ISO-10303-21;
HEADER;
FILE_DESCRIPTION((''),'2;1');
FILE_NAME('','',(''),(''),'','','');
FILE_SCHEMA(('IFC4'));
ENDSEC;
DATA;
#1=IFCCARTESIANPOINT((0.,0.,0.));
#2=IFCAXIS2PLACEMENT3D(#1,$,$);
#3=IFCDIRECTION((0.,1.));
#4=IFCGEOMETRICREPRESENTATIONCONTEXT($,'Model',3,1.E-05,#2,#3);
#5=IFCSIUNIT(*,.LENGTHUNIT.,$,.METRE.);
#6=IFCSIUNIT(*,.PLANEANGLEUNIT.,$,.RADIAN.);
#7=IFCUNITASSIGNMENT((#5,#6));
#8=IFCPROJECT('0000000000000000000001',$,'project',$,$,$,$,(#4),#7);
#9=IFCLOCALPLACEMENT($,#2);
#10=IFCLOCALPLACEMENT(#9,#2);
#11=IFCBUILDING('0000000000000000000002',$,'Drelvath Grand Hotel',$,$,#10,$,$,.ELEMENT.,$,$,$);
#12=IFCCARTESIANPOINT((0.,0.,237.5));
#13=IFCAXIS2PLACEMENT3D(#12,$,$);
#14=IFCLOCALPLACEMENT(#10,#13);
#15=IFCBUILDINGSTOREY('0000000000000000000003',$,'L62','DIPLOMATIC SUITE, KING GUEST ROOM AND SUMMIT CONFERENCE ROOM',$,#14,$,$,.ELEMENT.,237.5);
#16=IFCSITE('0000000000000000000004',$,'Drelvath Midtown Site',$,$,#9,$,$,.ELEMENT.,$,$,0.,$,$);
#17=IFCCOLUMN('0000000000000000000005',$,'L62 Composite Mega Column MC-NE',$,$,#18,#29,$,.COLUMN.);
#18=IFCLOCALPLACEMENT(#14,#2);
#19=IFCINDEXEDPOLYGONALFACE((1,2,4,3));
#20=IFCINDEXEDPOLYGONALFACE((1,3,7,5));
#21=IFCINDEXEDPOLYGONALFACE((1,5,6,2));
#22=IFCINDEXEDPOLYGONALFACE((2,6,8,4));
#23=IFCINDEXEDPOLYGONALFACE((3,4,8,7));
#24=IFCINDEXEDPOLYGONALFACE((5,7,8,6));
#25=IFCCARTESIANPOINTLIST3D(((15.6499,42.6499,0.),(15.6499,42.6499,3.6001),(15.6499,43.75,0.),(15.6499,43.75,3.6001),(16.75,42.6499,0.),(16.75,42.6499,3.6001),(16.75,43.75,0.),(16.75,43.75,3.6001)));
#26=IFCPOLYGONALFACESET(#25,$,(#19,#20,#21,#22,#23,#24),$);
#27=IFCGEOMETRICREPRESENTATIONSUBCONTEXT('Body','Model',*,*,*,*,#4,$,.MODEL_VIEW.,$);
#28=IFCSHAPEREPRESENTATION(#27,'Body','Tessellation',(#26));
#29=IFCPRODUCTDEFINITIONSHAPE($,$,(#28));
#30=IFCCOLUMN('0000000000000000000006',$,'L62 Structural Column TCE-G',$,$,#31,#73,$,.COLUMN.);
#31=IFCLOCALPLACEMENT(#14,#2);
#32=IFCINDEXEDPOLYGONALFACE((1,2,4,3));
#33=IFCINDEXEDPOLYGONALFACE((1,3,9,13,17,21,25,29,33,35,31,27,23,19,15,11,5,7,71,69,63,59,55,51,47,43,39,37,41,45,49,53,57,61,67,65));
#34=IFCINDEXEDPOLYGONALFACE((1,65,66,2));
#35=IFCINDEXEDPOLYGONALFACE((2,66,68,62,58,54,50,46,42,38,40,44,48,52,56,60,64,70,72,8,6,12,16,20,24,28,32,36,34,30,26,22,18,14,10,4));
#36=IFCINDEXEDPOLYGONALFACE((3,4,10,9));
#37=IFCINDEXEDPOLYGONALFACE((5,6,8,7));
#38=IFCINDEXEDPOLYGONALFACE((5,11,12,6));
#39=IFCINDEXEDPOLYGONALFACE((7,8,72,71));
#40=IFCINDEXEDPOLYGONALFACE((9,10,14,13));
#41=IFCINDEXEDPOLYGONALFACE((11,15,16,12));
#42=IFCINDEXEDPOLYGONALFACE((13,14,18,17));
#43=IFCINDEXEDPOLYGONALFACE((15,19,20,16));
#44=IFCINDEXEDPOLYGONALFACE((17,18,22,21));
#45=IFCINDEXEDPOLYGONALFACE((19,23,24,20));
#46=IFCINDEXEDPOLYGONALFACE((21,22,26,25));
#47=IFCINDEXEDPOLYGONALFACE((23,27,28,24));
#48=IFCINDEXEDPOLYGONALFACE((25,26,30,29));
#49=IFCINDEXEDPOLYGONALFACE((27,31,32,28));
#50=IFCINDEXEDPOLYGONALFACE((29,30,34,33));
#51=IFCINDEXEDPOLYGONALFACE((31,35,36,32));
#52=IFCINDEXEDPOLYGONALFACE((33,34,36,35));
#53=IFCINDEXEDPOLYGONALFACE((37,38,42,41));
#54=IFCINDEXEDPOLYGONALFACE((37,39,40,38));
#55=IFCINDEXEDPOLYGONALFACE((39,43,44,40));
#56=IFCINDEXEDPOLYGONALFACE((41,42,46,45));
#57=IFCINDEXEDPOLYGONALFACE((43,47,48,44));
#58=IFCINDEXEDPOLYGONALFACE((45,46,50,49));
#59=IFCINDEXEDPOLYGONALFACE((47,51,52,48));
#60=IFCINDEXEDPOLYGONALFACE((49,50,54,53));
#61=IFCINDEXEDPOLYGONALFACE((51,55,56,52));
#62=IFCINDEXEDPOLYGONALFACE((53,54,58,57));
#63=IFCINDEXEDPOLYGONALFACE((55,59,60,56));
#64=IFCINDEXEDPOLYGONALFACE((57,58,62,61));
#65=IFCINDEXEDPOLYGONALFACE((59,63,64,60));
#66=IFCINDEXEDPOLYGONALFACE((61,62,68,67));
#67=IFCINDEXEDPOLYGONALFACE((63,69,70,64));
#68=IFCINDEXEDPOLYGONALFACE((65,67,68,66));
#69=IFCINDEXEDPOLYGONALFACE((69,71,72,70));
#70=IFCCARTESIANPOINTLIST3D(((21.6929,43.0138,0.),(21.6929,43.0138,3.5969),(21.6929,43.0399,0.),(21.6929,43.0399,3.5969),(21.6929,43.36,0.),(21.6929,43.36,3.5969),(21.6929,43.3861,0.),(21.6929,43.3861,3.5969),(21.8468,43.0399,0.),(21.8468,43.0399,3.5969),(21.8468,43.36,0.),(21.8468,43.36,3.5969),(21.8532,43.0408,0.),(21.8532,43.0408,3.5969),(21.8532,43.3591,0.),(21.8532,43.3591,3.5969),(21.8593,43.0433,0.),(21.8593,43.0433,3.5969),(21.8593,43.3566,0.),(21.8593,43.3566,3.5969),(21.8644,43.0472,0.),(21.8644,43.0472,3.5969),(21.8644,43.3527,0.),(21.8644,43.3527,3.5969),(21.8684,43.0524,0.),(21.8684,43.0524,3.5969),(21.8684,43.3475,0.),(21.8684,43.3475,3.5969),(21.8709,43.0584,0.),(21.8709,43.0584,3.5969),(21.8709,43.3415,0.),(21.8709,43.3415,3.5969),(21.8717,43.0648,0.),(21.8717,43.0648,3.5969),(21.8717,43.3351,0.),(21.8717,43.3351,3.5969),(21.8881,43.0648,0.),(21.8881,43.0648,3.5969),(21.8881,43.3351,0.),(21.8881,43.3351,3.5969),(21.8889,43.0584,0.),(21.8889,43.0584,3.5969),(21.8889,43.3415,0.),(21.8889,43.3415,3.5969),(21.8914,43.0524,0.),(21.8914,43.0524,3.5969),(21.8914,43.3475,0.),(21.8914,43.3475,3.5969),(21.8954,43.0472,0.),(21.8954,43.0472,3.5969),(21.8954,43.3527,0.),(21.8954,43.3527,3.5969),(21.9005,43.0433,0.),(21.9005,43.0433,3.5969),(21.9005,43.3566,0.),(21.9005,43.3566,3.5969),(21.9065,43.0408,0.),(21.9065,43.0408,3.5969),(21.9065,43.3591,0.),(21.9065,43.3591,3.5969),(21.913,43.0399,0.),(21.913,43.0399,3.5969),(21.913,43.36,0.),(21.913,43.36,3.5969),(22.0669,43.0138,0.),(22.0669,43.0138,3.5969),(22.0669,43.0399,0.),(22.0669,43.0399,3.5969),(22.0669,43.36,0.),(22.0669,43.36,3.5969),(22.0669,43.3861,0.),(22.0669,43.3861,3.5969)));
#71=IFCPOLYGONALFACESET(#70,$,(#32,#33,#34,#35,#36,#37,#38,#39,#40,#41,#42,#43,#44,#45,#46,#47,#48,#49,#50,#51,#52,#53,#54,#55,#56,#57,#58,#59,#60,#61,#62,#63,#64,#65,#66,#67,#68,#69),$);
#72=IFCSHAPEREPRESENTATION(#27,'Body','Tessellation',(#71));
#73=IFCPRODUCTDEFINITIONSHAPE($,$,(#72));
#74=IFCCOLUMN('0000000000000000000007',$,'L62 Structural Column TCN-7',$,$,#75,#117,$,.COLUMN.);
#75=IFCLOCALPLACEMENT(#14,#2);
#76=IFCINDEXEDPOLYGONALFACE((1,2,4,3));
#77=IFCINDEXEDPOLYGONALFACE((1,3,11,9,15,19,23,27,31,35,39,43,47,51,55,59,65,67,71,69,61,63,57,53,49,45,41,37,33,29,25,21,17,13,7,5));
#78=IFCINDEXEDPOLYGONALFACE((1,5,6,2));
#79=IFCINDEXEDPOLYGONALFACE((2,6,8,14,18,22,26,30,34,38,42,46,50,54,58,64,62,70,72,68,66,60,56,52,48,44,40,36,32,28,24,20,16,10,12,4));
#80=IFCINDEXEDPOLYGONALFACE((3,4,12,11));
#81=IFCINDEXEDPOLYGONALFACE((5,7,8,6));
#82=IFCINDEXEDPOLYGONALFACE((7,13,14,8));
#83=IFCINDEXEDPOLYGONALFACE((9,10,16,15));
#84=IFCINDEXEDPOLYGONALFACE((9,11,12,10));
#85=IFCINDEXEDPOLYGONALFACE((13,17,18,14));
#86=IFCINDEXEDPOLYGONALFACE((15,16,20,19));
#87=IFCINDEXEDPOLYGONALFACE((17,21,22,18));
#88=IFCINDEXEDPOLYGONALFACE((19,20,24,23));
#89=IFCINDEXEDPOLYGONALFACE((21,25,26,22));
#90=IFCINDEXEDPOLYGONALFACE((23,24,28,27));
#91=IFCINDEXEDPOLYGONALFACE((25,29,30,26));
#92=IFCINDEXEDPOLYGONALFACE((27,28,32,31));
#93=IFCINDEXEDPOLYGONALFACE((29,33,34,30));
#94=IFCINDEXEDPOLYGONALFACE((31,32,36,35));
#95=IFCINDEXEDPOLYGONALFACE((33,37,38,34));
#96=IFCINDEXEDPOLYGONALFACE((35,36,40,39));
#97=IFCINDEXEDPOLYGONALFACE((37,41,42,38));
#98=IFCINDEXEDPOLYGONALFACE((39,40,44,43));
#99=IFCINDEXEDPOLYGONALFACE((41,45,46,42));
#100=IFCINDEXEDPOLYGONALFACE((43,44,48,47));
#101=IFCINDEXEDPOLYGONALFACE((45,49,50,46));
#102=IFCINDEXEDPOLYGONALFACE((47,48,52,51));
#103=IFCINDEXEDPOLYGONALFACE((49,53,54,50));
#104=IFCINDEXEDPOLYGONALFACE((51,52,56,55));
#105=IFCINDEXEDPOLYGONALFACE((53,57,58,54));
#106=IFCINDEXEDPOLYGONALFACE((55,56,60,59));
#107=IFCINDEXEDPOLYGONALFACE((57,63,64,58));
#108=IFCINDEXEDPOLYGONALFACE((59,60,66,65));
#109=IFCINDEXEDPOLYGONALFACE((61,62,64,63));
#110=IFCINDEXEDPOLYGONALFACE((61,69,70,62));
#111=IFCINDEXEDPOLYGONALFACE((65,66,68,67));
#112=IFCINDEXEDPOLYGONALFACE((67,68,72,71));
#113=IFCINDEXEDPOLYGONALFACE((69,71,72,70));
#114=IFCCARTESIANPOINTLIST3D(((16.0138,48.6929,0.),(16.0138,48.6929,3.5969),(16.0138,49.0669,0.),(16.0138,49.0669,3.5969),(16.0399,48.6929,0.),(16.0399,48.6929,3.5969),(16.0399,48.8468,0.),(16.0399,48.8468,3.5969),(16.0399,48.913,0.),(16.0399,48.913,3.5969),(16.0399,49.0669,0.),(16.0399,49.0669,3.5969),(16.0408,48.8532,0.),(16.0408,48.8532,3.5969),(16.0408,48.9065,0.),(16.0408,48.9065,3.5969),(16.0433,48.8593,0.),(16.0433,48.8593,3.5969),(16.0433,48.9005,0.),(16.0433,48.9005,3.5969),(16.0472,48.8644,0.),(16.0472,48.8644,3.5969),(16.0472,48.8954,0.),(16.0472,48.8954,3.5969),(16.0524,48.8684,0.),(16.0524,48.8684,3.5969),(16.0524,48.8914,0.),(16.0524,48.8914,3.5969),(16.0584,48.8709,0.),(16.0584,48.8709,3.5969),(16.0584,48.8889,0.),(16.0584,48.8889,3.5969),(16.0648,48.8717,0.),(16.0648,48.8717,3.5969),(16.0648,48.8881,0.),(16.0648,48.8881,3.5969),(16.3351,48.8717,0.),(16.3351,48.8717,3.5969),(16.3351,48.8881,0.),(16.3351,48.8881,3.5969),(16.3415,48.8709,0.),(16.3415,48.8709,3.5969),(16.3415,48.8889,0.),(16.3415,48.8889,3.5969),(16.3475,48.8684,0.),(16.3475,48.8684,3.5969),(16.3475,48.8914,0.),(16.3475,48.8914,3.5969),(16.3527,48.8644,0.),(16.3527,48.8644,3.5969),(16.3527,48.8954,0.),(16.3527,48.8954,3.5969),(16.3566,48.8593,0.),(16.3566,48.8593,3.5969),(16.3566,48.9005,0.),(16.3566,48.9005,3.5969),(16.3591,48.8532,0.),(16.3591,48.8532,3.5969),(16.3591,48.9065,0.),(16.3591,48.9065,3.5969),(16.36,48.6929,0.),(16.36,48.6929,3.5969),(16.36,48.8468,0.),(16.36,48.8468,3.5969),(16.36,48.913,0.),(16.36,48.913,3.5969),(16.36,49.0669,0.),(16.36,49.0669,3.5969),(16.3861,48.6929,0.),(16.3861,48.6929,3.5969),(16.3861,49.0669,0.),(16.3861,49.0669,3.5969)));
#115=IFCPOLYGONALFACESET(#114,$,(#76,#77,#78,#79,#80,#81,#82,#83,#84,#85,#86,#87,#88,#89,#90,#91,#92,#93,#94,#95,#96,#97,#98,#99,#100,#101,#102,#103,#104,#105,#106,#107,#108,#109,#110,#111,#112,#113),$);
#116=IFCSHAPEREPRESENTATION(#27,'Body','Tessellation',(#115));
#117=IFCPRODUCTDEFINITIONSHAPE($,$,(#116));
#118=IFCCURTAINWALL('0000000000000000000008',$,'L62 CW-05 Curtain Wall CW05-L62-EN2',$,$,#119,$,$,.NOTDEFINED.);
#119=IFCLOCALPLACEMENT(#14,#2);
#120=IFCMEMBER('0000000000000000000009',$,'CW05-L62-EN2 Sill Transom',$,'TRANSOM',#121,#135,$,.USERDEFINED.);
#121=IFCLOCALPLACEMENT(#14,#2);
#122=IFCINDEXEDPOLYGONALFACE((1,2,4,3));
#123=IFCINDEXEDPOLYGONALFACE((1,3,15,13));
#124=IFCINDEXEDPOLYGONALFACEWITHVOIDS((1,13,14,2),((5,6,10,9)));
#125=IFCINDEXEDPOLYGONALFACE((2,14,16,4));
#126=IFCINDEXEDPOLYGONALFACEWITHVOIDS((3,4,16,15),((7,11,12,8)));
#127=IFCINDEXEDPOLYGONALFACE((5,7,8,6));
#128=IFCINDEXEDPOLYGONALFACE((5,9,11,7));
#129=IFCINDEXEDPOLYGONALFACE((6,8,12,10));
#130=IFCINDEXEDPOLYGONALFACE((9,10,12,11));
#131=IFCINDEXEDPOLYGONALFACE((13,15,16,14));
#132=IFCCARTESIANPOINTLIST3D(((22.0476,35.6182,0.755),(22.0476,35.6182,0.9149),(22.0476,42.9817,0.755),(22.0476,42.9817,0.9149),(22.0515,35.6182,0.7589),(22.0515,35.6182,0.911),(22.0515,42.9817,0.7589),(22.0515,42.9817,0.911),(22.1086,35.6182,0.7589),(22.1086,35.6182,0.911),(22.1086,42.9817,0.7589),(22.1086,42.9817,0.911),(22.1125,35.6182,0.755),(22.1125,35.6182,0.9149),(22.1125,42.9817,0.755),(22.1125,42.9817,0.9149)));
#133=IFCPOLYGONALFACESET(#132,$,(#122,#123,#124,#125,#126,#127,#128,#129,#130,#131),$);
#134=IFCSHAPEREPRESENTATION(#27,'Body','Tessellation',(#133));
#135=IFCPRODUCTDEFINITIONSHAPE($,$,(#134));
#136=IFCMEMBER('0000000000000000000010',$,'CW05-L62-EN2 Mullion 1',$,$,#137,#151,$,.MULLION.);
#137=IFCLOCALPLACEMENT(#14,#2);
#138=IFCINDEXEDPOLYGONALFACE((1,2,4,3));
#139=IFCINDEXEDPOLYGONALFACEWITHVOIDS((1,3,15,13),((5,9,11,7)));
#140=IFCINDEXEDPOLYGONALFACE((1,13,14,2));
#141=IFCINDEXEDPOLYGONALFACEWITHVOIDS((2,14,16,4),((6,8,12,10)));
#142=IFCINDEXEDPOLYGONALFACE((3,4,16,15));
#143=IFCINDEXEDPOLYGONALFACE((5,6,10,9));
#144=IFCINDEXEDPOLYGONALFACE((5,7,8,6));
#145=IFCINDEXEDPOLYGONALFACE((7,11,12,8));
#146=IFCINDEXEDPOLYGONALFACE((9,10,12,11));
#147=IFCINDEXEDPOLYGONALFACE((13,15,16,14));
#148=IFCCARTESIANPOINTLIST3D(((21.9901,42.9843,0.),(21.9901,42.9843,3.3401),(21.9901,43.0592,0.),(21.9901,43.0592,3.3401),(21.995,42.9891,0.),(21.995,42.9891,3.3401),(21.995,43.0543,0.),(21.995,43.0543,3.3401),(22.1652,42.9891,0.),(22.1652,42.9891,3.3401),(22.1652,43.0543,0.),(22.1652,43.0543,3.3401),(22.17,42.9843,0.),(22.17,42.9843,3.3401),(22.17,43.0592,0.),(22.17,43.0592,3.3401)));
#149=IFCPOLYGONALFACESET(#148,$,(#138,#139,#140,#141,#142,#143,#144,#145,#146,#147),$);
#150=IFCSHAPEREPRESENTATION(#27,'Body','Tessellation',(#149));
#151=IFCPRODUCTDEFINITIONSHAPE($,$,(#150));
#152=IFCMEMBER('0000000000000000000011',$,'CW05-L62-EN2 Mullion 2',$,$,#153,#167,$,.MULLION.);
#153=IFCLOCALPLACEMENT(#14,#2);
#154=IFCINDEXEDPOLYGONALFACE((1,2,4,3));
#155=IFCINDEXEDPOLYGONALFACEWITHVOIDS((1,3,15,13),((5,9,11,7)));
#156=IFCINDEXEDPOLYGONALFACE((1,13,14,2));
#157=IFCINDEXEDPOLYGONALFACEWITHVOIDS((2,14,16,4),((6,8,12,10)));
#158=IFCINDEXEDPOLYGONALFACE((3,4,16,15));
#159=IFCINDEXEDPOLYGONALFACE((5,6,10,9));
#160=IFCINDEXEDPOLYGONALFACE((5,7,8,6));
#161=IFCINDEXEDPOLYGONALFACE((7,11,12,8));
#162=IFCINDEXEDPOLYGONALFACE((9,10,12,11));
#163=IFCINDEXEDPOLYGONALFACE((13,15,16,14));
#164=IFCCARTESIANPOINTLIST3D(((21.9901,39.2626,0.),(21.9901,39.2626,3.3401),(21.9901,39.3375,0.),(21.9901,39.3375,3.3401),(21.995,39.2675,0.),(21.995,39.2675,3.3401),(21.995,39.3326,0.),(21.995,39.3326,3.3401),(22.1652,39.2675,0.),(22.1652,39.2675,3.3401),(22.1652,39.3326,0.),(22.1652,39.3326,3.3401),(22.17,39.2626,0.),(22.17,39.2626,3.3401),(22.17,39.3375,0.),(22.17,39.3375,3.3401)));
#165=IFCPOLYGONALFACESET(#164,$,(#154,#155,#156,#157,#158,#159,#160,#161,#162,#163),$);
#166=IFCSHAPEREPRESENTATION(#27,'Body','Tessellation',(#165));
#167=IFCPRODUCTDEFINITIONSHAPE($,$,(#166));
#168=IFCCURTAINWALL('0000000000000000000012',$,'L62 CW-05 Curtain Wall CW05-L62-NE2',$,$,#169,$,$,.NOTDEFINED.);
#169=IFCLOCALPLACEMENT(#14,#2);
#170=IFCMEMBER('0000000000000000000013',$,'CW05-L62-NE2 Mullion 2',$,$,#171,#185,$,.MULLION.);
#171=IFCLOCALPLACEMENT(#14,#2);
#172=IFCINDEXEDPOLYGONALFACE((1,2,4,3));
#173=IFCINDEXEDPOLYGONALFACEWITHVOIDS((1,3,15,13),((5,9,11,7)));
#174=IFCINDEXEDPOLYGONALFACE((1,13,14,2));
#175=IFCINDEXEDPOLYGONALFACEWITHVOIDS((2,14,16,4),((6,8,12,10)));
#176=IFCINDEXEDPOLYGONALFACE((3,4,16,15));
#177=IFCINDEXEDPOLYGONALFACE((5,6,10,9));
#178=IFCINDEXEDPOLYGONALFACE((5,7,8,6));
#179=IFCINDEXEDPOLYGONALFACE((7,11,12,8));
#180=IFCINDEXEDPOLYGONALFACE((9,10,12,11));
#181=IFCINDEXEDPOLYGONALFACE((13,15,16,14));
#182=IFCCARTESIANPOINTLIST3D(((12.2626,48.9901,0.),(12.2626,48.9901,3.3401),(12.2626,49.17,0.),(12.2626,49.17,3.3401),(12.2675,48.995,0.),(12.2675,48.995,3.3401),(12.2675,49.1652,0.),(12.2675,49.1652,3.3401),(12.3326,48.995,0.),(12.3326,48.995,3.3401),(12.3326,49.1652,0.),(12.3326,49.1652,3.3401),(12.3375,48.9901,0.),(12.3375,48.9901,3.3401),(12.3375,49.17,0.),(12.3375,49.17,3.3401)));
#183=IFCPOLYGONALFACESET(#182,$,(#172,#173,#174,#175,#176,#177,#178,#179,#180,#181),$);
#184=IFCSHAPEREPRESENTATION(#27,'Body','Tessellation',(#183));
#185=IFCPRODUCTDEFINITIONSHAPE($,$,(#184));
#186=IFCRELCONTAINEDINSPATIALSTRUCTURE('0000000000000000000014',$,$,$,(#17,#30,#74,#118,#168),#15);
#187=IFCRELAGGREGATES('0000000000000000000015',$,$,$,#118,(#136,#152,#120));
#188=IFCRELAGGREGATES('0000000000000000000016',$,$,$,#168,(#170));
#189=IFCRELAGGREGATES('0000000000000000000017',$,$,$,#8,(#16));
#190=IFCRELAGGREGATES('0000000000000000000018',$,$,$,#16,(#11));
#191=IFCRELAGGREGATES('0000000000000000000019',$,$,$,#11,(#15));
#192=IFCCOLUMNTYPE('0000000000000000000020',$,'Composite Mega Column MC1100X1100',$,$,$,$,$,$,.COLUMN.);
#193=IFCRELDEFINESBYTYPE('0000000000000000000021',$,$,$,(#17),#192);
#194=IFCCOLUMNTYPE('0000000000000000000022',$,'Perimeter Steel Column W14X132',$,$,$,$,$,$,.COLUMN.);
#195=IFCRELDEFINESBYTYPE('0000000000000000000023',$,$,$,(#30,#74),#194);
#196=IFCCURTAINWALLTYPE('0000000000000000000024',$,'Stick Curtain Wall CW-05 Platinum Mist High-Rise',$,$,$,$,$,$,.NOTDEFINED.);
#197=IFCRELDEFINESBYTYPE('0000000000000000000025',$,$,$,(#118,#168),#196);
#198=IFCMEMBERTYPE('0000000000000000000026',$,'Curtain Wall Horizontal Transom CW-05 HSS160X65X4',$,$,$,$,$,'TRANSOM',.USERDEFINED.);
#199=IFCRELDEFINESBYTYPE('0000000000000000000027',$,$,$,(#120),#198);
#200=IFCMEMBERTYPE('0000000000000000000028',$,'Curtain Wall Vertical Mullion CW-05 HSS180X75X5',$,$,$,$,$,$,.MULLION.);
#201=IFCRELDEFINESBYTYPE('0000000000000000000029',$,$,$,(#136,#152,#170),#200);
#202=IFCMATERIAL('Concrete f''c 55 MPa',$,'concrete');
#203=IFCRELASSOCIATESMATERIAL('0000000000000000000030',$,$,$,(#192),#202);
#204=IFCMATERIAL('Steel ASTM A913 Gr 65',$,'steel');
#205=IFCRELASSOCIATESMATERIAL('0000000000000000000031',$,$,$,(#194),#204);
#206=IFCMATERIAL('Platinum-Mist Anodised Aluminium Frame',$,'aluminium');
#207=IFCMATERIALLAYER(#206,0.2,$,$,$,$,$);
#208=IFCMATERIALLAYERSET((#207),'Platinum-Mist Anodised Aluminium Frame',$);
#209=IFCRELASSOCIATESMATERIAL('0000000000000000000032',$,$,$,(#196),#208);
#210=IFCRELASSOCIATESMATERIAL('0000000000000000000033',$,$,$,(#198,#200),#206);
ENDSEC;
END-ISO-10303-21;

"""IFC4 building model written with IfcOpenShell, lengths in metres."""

from ifc_helpers import new_model, si_unit, direction, frame, origin, origin_2d, place, context, subcontext, project, spatial, rectangle, hollow_rectangle, i_section, extrude, material, layer, layer_set, material_profile, profile_set, type_object, element, aggregate, save


model = new_model("IFC4")

# Units and contexts
model_context = context("Model", 3, precision=1e-05, world=origin(), true_north=direction((0.0, 1.0)))
body_context = subcontext(model_context, "Body", "Model", "MODEL_VIEW")
ifc_project = project(units=[si_unit("LENGTHUNIT", "METRE"), si_unit("PLANEANGLEUNIT", "RADIAN")], contexts=[model_context])

# Site, building, storey
site_placement = place(None, origin())
site = spatial("IfcSite", under=ifc_project, at=site_placement, Name="Drelvath Midtown Site", CompositionType="ELEMENT", RefElevation=0.0)
building_placement = place(site_placement, origin())
building = spatial("IfcBuilding", under=site, at=building_placement, Name="Drelvath Grand Hotel", CompositionType="ELEMENT")
storey_placement = place(building_placement, frame((0.0, 0.0, 237.5)))
storey = spatial("IfcBuildingStorey", under=building, at=storey_placement, Name="L62", Description="DIPLOMATIC SUITE, KING GUEST ROOM AND SUMMIT CONFERENCE ROOM", CompositionType="ELEMENT", Elevation=237.5)

# Columns
ifc_material_1 = material(Name="Concrete f'c 55 MPa", Category="concrete")
ifc_material_profile_1 = material_profile(ifc_material_1, rectangle(XDim=1.1001, YDim=1.1001, at=origin_2d()), Name="MC1100X1100")
ifc_profile_set_1 = profile_set([ifc_material_profile_1], Name="Concrete f'c 55 MPa")
column_type_1 = type_object("IfcColumnType", Name="Composite Mega Column MC1100X1100", PredefinedType="COLUMN", material=ifc_profile_set_1)
column_placement = place(storey_placement, frame((16.2, 43.2, 0.0), z_axis=(0.0, 0.0, 1.0), x_axis=(1.0, 0.0, 0.0)))
element("IfcColumn", 1, at=column_placement, inside=storey, type_object=column_type_1, Name="L62 Composite Mega Column MC-NE", PredefinedType="COLUMN", context=body_context, shape_type="SweptSolid", body=[
    extrude(rectangle(XDim=1.1001, YDim=1.1001, at=origin_2d()), origin(), (0.0, 0.0, 1.0), 3.6001),
])
ifc_material_2 = material(Name="Steel ASTM A913 Gr 65", Category="steel")
ifc_material_profile_2 = material_profile(ifc_material_2, i_section(OverallWidth=0.374, OverallDepth=0.3723, WebThickness=0.0164, FlangeThickness=0.0261, FilletRadius=0.0249, at=origin_2d()), Name="W14X132")
ifc_profile_set_2 = profile_set([ifc_material_profile_2], Name="Steel ASTM A913 Gr 65")
column_type_2 = type_object("IfcColumnType", Name="Perimeter Steel Column W14X132", PredefinedType="COLUMN", material=ifc_profile_set_2)
for number, where, z_axis, x_axis, name in (
    (2, (21.8799, 43.2, 0.0), (0.0, 0.0, 1.0), (1.0, 0.0, 0.0), "L62 Structural Column TCE-G"),
    (3, (16.2, 48.8799, 0.0), (0.0, 0.0, 1.0), (0.0, 1.0, 0.0), "L62 Structural Column TCN-7"),
):
    element("IfcColumn", number, at=place(storey_placement, frame(where, z_axis=z_axis, x_axis=x_axis)), inside=storey, type_object=column_type_2, Name=name, PredefinedType="COLUMN", context=body_context, shape_type="SweptSolid", body=[
        extrude(i_section(OverallWidth=0.374, OverallDepth=0.3723, WebThickness=0.0164, FlangeThickness=0.0261, FilletRadius=0.0249, at=origin_2d()), origin(), (0.0, 0.0, 1.0), 3.5969),
    ])

# Curtain walls, members
ifc_material_3 = material(Name="Platinum-Mist Anodised Aluminium Frame", Category="aluminium")
ifc_layer_1 = layer(ifc_material_3, 0.2)
ifc_layer_set_1 = layer_set([ifc_layer_1], Name="Platinum-Mist Anodised Aluminium Frame")
curtain_wall_type = type_object("IfcCurtainWallType", Name="Stick Curtain Wall CW-05 Platinum Mist High-Rise", PredefinedType="NOTDEFINED", material=ifc_layer_set_1)
curtain_wall_1_placement = place(storey_placement, origin())
curtain_wall_1 = element("IfcCurtainWall", 4, at=curtain_wall_1_placement, inside=storey, type_object=curtain_wall_type, Name="L62 CW-05 Curtain Wall CW05-L62-EN2", PredefinedType="NOTDEFINED")
ifc_material_profile_3 = material_profile(ifc_material_3, hollow_rectangle(XDim=0.0649, YDim=0.1599, WallThickness=0.0039, at=origin_2d()), Name="HSS160X65X4")
ifc_profile_set_3 = profile_set([ifc_material_profile_3], Name="Platinum-Mist Anodised Aluminium Frame")
member_type_1 = type_object("IfcMemberType", Name="Curtain Wall Horizontal Transom CW-05 HSS160X65X4", ElementType="TRANSOM", PredefinedType="USERDEFINED", material=ifc_profile_set_3)
member_1_placement = place(storey_placement, frame((22.0801, 42.9817, 0.835), z_axis=(0.0, -1.0, 0.0), x_axis=(1.0, 0.0, 0.0)))
member_1 = element("IfcMember", 5, at=member_1_placement, type_object=member_type_1, Name="CW05-L62-EN2 Sill Transom", ObjectType="TRANSOM", PredefinedType="USERDEFINED", context=body_context, shape_type="SweptSolid", body=[
    extrude(hollow_rectangle(XDim=0.0649, YDim=0.1599, WallThickness=0.0039, at=origin_2d()), origin(), (0.0, 0.0, 1.0), 7.3635),
])
ifc_material_profile_4 = material_profile(ifc_material_3, hollow_rectangle(XDim=0.075, YDim=0.1799, WallThickness=0.0049, at=origin_2d()), Name="HSS180X75X5")
ifc_profile_set_4 = profile_set([ifc_material_profile_4], Name="Platinum-Mist Anodised Aluminium Frame")
member_type_2 = type_object("IfcMemberType", Name="Curtain Wall Vertical Mullion CW-05 HSS180X75X5", PredefinedType="MULLION", material=ifc_profile_set_4)
member_2_placement = place(storey_placement, frame((22.0801, 43.0217, 0.0), z_axis=(0.0, 0.0, 1.0), x_axis=(0.0, 1.0, 0.0)))
member_2 = element("IfcMember", 6, at=member_2_placement, type_object=member_type_2, Name="CW05-L62-EN2 Mullion 1", PredefinedType="MULLION", context=body_context, shape_type="SweptSolid", body=[
    extrude(hollow_rectangle(XDim=0.075, YDim=0.1799, WallThickness=0.0049, at=origin_2d()), origin(), (0.0, 0.0, 1.0), 3.3401),
])
member_3_placement = place(storey_placement, frame((22.0801, 39.3, 0.0), z_axis=(0.0, 0.0, 1.0), x_axis=(0.0, 1.0, 0.0)))
member_3 = element("IfcMember", 7, at=member_3_placement, type_object=member_type_2, Name="CW05-L62-EN2 Mullion 2", PredefinedType="MULLION", context=body_context, shape_type="SweptSolid", body=[
    extrude(hollow_rectangle(XDim=0.075, YDim=0.1799, WallThickness=0.0049, at=origin_2d()), origin(), (0.0, 0.0, 1.0), 3.3401),
])
curtain_wall_2_placement = place(storey_placement, origin())
curtain_wall_2 = element("IfcCurtainWall", 8, at=curtain_wall_2_placement, inside=storey, type_object=curtain_wall_type, Name="L62 CW-05 Curtain Wall CW05-L62-NE2", PredefinedType="NOTDEFINED")
member_4_placement = place(storey_placement, frame((12.3, 49.0801, 0.0), z_axis=(0.0, 0.0, 1.0), x_axis=(1.0, 0.0, 0.0)))
member_4 = element("IfcMember", 9, at=member_4_placement, type_object=member_type_2, Name="CW05-L62-NE2 Mullion 2", PredefinedType="MULLION", context=body_context, shape_type="SweptSolid", body=[
    extrude(hollow_rectangle(XDim=0.075, YDim=0.1799, WallThickness=0.0049, at=origin_2d()), origin(), (0.0, 0.0, 1.0), 3.3401),
])

aggregate(curtain_wall_1, [member_2, member_3, member_1])
aggregate(curtain_wall_2, [member_4])

save(model, "model.ifc")
